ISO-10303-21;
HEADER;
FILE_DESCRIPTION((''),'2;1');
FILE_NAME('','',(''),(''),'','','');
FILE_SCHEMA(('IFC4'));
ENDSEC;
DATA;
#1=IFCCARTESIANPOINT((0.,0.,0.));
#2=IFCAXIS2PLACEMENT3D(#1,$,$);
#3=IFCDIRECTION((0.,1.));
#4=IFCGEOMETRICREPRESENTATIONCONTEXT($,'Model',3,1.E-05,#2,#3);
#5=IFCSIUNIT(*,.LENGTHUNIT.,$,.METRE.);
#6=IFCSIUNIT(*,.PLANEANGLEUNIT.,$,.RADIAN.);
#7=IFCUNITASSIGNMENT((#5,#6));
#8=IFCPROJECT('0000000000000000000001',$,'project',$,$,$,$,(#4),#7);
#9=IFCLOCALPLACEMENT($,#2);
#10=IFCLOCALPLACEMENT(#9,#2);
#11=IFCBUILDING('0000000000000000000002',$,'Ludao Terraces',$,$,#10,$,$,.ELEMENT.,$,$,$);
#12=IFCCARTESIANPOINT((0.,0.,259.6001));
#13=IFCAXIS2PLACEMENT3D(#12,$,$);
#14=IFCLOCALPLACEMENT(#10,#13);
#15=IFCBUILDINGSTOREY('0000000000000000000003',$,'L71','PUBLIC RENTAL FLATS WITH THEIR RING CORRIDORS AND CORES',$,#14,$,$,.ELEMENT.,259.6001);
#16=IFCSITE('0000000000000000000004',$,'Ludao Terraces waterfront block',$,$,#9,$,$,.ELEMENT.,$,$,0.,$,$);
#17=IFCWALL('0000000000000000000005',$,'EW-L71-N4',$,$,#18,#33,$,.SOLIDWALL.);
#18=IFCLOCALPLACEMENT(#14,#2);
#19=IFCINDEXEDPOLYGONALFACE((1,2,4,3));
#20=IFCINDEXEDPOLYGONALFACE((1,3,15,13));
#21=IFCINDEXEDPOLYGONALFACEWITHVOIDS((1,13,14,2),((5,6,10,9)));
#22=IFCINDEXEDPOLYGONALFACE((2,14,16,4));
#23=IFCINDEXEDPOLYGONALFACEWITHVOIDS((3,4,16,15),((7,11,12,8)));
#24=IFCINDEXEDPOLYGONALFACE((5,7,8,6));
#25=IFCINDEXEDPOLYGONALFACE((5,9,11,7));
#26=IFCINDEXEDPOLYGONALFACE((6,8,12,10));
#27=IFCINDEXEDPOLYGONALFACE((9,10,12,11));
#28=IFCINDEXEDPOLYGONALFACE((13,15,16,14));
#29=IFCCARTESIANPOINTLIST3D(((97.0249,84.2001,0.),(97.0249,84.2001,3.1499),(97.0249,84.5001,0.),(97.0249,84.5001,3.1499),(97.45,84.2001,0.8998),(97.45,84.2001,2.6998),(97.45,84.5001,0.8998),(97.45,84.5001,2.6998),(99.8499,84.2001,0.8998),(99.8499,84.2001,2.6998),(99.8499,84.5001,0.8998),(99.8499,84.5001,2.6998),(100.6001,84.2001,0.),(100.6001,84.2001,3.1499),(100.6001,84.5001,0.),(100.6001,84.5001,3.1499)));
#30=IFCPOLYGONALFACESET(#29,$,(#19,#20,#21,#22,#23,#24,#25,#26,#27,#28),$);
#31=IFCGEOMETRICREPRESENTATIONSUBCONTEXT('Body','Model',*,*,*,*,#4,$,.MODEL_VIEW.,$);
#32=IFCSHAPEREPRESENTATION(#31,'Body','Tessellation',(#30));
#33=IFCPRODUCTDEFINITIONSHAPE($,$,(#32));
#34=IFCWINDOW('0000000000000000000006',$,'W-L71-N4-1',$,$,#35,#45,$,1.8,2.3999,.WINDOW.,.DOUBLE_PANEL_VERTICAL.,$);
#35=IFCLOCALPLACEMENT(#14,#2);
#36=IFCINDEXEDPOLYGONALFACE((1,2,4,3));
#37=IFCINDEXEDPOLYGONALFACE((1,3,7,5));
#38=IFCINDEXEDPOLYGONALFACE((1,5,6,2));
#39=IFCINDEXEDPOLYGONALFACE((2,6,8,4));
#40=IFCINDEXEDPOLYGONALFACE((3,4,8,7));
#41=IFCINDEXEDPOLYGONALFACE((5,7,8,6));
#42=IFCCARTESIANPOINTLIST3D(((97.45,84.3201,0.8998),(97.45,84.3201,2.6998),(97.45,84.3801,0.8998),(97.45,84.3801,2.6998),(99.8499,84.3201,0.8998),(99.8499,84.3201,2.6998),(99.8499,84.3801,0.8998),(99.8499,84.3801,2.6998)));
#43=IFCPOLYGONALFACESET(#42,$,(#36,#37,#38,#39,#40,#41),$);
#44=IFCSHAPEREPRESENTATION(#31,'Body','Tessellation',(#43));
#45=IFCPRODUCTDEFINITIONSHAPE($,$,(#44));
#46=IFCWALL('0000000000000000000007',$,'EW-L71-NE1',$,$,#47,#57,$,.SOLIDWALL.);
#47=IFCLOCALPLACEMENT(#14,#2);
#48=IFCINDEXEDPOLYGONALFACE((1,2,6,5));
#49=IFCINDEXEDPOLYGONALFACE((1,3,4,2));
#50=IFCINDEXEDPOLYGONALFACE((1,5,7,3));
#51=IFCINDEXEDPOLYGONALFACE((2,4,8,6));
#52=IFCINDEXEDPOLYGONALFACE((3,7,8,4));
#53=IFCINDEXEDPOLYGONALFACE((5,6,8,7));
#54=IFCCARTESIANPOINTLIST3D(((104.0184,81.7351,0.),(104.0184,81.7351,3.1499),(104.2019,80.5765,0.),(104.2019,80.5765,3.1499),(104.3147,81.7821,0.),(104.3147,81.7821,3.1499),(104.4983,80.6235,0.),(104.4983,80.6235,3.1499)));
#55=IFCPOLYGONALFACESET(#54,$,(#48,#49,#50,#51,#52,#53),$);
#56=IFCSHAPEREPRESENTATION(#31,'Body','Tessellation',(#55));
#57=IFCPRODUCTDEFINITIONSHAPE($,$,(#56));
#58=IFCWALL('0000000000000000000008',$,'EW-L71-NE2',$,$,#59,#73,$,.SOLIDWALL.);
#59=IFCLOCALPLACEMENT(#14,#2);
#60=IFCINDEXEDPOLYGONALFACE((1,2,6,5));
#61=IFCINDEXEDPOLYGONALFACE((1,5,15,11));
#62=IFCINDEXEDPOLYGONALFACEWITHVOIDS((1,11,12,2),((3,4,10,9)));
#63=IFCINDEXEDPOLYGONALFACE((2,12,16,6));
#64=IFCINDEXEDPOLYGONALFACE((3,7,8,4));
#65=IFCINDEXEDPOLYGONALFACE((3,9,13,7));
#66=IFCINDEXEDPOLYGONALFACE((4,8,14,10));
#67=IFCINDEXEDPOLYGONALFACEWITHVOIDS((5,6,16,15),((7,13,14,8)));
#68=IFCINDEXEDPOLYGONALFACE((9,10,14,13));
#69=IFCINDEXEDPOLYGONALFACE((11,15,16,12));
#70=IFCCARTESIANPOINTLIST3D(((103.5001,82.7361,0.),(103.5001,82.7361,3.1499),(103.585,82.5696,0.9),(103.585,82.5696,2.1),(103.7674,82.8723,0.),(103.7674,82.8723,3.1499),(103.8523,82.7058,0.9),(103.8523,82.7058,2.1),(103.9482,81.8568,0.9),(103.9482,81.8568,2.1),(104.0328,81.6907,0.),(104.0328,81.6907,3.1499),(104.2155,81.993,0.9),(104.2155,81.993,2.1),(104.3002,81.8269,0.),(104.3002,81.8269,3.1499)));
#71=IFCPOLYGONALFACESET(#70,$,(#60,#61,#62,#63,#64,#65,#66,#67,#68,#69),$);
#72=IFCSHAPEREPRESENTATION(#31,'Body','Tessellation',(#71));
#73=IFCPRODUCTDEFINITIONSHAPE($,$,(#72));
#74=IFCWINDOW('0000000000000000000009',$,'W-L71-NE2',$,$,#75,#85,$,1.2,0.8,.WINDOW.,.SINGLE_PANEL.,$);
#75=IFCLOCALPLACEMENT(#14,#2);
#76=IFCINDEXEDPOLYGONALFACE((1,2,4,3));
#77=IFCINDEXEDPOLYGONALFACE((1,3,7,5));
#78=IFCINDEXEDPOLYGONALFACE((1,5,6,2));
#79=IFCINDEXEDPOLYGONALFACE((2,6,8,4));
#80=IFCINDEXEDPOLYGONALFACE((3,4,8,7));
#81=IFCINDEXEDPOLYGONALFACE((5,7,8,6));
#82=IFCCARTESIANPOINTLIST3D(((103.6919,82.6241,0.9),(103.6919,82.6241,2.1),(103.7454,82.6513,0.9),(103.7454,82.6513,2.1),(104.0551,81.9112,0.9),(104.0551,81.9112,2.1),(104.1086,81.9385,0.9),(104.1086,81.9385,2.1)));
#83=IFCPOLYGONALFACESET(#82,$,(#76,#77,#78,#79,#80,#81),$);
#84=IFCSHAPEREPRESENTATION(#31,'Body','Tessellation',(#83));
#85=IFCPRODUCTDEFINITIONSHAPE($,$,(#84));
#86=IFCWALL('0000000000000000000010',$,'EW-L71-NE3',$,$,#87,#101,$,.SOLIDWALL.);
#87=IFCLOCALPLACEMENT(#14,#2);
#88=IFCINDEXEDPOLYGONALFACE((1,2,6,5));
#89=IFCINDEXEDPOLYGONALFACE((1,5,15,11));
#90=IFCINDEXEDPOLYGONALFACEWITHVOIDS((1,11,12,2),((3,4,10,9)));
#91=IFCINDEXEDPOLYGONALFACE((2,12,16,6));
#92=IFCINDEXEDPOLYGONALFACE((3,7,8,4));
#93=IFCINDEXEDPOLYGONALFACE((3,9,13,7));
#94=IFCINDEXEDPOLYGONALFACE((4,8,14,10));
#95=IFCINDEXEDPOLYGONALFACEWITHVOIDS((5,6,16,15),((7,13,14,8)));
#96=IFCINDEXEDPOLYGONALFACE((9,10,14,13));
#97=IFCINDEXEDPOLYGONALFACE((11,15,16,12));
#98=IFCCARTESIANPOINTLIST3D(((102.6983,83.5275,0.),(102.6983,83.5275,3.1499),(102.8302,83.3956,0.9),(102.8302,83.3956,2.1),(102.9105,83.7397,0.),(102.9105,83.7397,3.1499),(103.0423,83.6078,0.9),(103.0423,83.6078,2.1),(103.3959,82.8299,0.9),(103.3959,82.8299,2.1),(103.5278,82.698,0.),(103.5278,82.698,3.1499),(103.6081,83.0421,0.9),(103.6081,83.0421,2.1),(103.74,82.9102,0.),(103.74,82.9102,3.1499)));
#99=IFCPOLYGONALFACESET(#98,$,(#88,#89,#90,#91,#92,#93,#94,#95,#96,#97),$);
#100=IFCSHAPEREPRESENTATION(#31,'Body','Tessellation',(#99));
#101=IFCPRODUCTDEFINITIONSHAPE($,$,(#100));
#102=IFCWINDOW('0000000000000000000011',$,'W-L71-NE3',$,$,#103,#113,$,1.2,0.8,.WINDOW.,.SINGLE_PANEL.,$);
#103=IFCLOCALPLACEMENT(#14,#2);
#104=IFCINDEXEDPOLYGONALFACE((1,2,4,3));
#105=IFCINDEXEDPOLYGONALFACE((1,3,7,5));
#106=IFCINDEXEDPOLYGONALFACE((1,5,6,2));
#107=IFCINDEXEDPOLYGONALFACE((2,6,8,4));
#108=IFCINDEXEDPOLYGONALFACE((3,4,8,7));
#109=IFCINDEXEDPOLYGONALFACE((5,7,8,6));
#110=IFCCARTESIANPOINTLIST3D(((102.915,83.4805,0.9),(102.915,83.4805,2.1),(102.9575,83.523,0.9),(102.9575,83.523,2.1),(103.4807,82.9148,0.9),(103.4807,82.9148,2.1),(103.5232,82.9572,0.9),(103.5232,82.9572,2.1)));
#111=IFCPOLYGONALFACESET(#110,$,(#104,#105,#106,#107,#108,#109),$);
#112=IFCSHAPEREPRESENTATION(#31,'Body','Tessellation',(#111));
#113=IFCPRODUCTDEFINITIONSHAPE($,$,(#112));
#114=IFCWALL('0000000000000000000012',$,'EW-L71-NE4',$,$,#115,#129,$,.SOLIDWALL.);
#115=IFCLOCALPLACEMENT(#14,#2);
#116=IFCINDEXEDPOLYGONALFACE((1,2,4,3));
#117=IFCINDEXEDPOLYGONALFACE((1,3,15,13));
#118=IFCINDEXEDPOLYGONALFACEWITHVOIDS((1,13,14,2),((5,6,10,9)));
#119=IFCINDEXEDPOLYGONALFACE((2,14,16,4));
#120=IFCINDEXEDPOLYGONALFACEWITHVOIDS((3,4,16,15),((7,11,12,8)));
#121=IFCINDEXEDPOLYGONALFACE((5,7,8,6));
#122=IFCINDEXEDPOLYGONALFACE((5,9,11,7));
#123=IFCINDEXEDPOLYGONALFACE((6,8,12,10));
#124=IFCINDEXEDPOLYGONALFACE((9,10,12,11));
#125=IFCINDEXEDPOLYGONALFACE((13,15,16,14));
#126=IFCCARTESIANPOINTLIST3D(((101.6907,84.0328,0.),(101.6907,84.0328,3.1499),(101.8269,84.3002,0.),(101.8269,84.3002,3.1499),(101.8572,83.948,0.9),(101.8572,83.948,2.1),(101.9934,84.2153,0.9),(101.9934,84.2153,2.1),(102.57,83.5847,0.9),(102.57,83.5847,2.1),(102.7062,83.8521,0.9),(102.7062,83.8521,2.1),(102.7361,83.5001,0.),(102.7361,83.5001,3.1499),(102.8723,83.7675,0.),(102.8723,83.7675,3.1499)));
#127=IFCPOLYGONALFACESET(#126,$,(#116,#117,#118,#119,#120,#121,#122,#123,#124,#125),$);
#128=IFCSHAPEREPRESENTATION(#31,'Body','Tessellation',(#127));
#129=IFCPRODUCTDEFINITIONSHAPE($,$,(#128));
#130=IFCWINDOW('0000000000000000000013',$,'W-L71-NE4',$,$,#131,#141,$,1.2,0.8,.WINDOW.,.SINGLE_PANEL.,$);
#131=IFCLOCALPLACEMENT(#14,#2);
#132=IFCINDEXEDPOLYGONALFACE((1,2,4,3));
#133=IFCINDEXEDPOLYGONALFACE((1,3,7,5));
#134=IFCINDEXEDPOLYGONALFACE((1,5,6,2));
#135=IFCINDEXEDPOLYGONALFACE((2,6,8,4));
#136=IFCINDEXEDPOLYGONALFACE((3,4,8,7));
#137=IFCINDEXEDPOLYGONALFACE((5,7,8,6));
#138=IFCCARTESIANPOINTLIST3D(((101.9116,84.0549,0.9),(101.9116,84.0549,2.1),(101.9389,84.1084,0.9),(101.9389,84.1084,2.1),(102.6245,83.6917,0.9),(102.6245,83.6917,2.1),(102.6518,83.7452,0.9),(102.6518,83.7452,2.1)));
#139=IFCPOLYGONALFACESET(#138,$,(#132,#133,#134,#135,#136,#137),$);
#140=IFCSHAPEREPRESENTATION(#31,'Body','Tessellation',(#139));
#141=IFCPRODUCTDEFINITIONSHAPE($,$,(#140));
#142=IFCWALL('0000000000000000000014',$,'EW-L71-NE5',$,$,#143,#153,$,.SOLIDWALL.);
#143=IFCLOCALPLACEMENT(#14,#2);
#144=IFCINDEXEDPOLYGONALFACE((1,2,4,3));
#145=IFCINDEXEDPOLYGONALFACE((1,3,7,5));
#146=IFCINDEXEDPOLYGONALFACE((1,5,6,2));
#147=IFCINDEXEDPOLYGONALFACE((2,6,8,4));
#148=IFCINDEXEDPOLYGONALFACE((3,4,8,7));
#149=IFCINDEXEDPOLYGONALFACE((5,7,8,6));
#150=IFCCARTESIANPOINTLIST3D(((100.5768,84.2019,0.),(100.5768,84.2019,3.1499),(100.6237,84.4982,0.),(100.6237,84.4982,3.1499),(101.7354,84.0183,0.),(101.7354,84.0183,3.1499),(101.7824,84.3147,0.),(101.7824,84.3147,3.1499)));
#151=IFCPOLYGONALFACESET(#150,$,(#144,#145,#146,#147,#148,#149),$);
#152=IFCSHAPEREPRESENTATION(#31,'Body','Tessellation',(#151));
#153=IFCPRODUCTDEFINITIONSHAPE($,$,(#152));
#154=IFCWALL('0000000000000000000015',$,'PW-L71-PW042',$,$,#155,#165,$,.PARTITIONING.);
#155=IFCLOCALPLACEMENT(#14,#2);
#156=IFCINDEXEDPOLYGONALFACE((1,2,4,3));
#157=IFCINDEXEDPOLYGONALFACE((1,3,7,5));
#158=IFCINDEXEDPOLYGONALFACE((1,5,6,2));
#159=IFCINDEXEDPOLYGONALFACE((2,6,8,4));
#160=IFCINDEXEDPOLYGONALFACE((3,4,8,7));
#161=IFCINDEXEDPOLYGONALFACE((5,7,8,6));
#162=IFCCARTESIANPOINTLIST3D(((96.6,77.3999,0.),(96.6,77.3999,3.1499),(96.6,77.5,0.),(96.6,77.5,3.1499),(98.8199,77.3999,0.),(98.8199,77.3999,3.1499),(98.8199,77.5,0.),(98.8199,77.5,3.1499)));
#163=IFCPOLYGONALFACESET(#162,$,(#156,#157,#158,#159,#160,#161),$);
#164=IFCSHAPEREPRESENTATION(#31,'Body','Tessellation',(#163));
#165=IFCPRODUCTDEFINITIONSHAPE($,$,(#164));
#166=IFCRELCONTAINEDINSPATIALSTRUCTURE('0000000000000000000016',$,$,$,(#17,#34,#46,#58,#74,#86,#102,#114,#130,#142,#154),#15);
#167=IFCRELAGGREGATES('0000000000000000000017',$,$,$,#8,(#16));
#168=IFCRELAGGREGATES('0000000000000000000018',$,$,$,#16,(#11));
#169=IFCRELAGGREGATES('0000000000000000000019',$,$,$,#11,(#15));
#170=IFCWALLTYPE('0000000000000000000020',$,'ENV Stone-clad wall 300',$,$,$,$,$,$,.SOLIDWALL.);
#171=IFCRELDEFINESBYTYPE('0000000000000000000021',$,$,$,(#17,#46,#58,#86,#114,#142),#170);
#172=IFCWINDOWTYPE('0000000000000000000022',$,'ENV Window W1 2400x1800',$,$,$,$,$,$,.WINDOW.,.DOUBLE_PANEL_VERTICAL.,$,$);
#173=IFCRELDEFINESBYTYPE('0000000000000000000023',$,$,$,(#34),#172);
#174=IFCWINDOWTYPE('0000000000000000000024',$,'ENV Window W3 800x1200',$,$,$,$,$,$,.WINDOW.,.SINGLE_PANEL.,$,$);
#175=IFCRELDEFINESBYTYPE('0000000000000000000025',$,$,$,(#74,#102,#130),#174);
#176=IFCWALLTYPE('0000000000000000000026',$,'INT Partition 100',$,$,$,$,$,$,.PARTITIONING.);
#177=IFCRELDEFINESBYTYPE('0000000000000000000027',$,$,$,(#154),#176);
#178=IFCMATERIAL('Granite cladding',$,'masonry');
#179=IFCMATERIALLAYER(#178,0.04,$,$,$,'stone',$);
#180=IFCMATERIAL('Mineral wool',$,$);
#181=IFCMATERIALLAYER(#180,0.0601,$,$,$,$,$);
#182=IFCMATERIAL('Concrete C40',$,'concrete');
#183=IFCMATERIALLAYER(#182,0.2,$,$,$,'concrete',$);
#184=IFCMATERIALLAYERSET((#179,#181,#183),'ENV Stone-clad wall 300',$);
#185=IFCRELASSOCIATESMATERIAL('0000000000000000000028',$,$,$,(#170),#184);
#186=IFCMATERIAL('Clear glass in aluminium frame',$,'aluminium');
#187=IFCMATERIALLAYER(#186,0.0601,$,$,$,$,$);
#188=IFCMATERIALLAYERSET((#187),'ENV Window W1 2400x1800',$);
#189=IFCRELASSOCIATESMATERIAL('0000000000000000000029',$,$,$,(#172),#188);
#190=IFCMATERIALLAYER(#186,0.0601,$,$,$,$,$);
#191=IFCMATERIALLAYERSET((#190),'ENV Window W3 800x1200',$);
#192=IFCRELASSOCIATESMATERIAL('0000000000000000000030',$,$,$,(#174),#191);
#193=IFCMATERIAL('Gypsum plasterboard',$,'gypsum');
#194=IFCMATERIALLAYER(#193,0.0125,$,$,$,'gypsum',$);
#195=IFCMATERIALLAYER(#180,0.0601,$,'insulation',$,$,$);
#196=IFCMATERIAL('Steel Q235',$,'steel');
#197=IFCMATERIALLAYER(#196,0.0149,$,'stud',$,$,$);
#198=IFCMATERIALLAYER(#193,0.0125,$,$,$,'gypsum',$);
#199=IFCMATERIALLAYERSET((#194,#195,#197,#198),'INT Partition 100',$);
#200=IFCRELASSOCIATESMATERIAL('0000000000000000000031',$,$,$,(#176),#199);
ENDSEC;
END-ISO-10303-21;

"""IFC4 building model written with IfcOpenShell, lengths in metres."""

from ifc_helpers import new_model, si_unit, direction, frame, frame_2d, origin, place, context, subcontext, project, spatial, rectangle, extrude, material, layer, layer_set, type_object, element, fill, save


model = new_model("IFC4")

# Units and contexts
model_context = context("Model", 3, precision=1e-05, world=origin(), true_north=direction((0.0, 1.0)))
body_context = subcontext(model_context, "Body", "Model", "MODEL_VIEW")
ifc_project = project(units=[si_unit("LENGTHUNIT", "METRE"), si_unit("PLANEANGLEUNIT", "RADIAN")], contexts=[model_context])

# Site, building, storey
site_placement = place(None, origin())
site = spatial("IfcSite", under=ifc_project, at=site_placement, Name="Ludao Terraces waterfront block", CompositionType="ELEMENT", RefElevation=0.0)
building_placement = place(site_placement, origin())
building = spatial("IfcBuilding", under=site, at=building_placement, Name="Ludao Terraces", CompositionType="ELEMENT")
storey_placement = place(building_placement, frame((0.0, 0.0, 259.6001)))
storey = spatial("IfcBuildingStorey", under=building, at=storey_placement, Name="L71", Description="PUBLIC RENTAL FLATS WITH THEIR RING CORRIDORS AND CORES", CompositionType="ELEMENT", Elevation=259.6001)

# Shared definitions
ifc_material_1 = material(Name="Concrete C40", Category="concrete")

# Shared definitions
ifc_material_2 = material(Name="Steel Q235", Category="steel")

# Shared definitions
ifc_material_3 = material(Name="Granite cladding", Category="masonry")
ifc_layer_1 = layer(ifc_material_3, 0.04, Category="stone")
ifc_material_4 = material(Name="Mineral wool")
ifc_layer_2 = layer(ifc_material_4, 0.0601)
ifc_layer_3 = layer(ifc_material_1, 0.2, Category="concrete")
ifc_layer_set_1 = layer_set([ifc_layer_1, ifc_layer_2, ifc_layer_3], Name="ENV Stone-clad wall 300")
wall_type_1 = type_object("IfcWallType", Name="ENV Stone-clad wall 300", PredefinedType="SOLIDWALL", material=ifc_layer_set_1)
ifc_material_5 = material(Name="Clear glass in aluminium frame", Category="aluminium")
ifc_layer_4 = layer(ifc_material_5, 0.0601)
ifc_layer_set_2 = layer_set([ifc_layer_4], Name="ENV Window W1 2400x1800")
window_type_1 = type_object("IfcWindowType", Name="ENV Window W1 2400x1800", PartitioningType="DOUBLE_PANEL_VERTICAL", PredefinedType="WINDOW", material=ifc_layer_set_2)

# Wall, opening, window
wall_1_placement = place(storey_placement, frame((97.0249, 84.3501, 0.0), z_axis=(0.0, 0.0, 1.0), x_axis=(1.0, 0.0, 0.0)))
wall_1 = element("IfcWall", 1, at=wall_1_placement, inside=storey, type_object=wall_type_1, Name="EW-L71-N4", PredefinedType="SOLIDWALL", context=body_context, shape_type="SweptSolid", body=[
    extrude(rectangle(XDim=3.5752, YDim=0.3, at=frame_2d((1.7876, 0.0))), origin(), (0.0, 0.0, 1.0), 3.1499),
])
opening_1_placement = place(wall_1_placement, frame((0.425, 0.0, 0.8999)))
opening_1 = element("IfcOpeningElement", 2, at=opening_1_placement, cuts=wall_1, PredefinedType="OPENING", context=body_context, shape_type="SweptSolid", body=[
    extrude(rectangle(XDim=2.3999, YDim=1.8, at=frame_2d((1.2, 0.8999))), frame((0.0, 0.1602, 0.0), z_axis=(0.0, -1.0, 0.0), x_axis=(1.0, 0.0, 0.0)), (0.0, 0.0, 1.0), 0.3201),
])
window_1_placement = place(opening_1_placement, origin())
window_1 = element("IfcWindow", 3, at=window_1_placement, inside=storey, type_object=window_type_1, Name="W-L71-N4-1", OverallHeight=1.8, OverallWidth=2.3999, PartitioningType="DOUBLE_PANEL_VERTICAL", PredefinedType="WINDOW", context=body_context, shape_type="SweptSolid", body=[
    extrude(rectangle(XDim=2.3999, YDim=1.8, at=frame_2d((1.2, 0.8999))), frame((0.0, 0.03, 0.0), z_axis=(0.0, -1.0, 0.0), x_axis=(1.0, 0.0, 0.0)), (0.0, 0.0, 1.0), 0.0601),
])
fill(opening_1, window_1)

# Wall
wall_2_placement = place(storey_placement, frame((104.3501, 80.6001, 0.0), z_axis=(0.0, 0.0, 1.0), x_axis=(-0.156497, 0.987678, 0.0)))
element("IfcWall", 4, at=wall_2_placement, inside=storey, type_object=wall_type_1, Name="EW-L71-NE1", PredefinedType="SOLIDWALL", context=body_context, shape_type="SweptSolid", body=[
    extrude(rectangle(XDim=1.1731, YDim=0.3, at=frame_2d((0.5864, 0.0))), origin(), (0.0, 0.0, 1.0), 3.1499),
])

# Walls, openings, windows
wall_3_placement = place(storey_placement, frame((104.1665, 81.7588, 0.0), z_axis=(0.0, 0.0, 1.0), x_axis=(-0.454026, 0.890989, 0.0)))
wall_3 = element("IfcWall", 5, at=wall_3_placement, inside=storey, type_object=wall_type_1, Name="EW-L71-NE2", PredefinedType="SOLIDWALL", context=body_context, shape_type="SweptSolid", body=[
    extrude(rectangle(XDim=1.1733, YDim=0.3, at=frame_2d((0.5867, 0.0))), origin(), (0.0, 0.0, 1.0), 3.1499),
])
opening_2_placement = place(wall_3_placement, frame((0.1865, 0.0, 0.8999)))
opening_2 = element("IfcOpeningElement", 6, at=opening_2_placement, cuts=wall_3, PredefinedType="OPENING", context=body_context, shape_type="SweptSolid", body=[
    extrude(rectangle(XDim=0.8, YDim=1.2, at=frame_2d((0.3999, 0.6001))), frame((0.0, 0.1602, 0.0), z_axis=(0.0, -1.0, 0.0), x_axis=(1.0, 0.0, 0.0)), (0.0, 0.0, 1.0), 0.3201),
])
ifc_layer_5 = layer(ifc_material_5, 0.0601)
ifc_layer_set_3 = layer_set([ifc_layer_5], Name="ENV Window W3 800x1200")
window_type_2 = type_object("IfcWindowType", Name="ENV Window W3 800x1200", PartitioningType="SINGLE_PANEL", PredefinedType="WINDOW", material=ifc_layer_set_3)
window_2_placement = place(opening_2_placement, origin())
window_2 = element("IfcWindow", 7, at=window_2_placement, inside=storey, type_object=window_type_2, Name="W-L71-NE2", OverallHeight=1.2, OverallWidth=0.8, PartitioningType="SINGLE_PANEL", PredefinedType="WINDOW", context=body_context, shape_type="SweptSolid", body=[
    extrude(rectangle(XDim=0.8, YDim=1.2, at=frame_2d((0.3999, 0.6001))), frame((0.0, 0.03, 0.0), z_axis=(0.0, -1.0, 0.0), x_axis=(1.0, 0.0, 0.0)), (0.0, 0.0, 1.0), 0.0601),
])
fill(opening_2, window_2)
wall_4_placement = place(storey_placement, frame((103.6338, 82.8042, 0.0), z_axis=(0.0, 0.0, 1.0), x_axis=(-0.707107, 0.707107, 0.0)))
wall_4 = element("IfcWall", 8, at=wall_4_placement, inside=storey, type_object=wall_type_1, Name="EW-L71-NE3", PredefinedType="SOLIDWALL", context=body_context, shape_type="SweptSolid", body=[
    extrude(rectangle(XDim=1.1731, YDim=0.3, at=frame_2d((0.5864, 0.0))), origin(), (0.0, 0.0, 1.0), 3.1499),
])
opening_3_placement = place(wall_4_placement, frame((0.1865, 0.0, 0.8999)))
opening_3 = element("IfcOpeningElement", 9, at=opening_3_placement, cuts=wall_4, PredefinedType="OPENING", context=body_context, shape_type="SweptSolid", body=[
    extrude(rectangle(XDim=0.8, YDim=1.2, at=frame_2d((0.3999, 0.6001))), frame((0.0, 0.1602, 0.0), z_axis=(0.0, -1.0, 0.0), x_axis=(1.0, 0.0, 0.0)), (0.0, 0.0, 1.0), 0.3201),
])
window_3_placement = place(opening_3_placement, origin())
window_3 = element("IfcWindow", 10, at=window_3_placement, inside=storey, type_object=window_type_2, Name="W-L71-NE3", OverallHeight=1.2, OverallWidth=0.8, PartitioningType="SINGLE_PANEL", PredefinedType="WINDOW", context=body_context, shape_type="SweptSolid", body=[
    extrude(rectangle(XDim=0.8, YDim=1.2, at=frame_2d((0.3999, 0.6001))), frame((0.0, 0.03, 0.0), z_axis=(0.0, -1.0, 0.0), x_axis=(1.0, 0.0, 0.0)), (0.0, 0.0, 1.0), 0.0601),
])
fill(opening_3, window_3)
wall_5_placement = place(storey_placement, frame((102.8042, 83.6338, 0.0), z_axis=(0.0, 0.0, 1.0), x_axis=(-0.890989, 0.454026, 0.0)))
wall_5 = element("IfcWall", 11, at=wall_5_placement, inside=storey, type_object=wall_type_1, Name="EW-L71-NE4", PredefinedType="SOLIDWALL", context=body_context, shape_type="SweptSolid", body=[
    extrude(rectangle(XDim=1.1733, YDim=0.3, at=frame_2d((0.5867, 0.0))), origin(), (0.0, 0.0, 1.0), 3.1499),
])
opening_4_placement = place(wall_5_placement, frame((0.1865, 0.0, 0.8999)))
opening_4 = element("IfcOpeningElement", 12, at=opening_4_placement, cuts=wall_5, PredefinedType="OPENING", context=body_context, shape_type="SweptSolid", body=[
    extrude(rectangle(XDim=0.8, YDim=1.2, at=frame_2d((0.3999, 0.6001))), frame((0.0, 0.1602, 0.0), z_axis=(0.0, -1.0, 0.0), x_axis=(1.0, 0.0, 0.0)), (0.0, 0.0, 1.0), 0.3201),
])
window_4_placement = place(opening_4_placement, origin())
window_4 = element("IfcWindow", 13, at=window_4_placement, inside=storey, type_object=window_type_2, Name="W-L71-NE4", OverallHeight=1.2, OverallWidth=0.8, PartitioningType="SINGLE_PANEL", PredefinedType="WINDOW", context=body_context, shape_type="SweptSolid", body=[
    extrude(rectangle(XDim=0.8, YDim=1.2, at=frame_2d((0.3999, 0.6001))), frame((0.0, 0.03, 0.0), z_axis=(0.0, -1.0, 0.0), x_axis=(1.0, 0.0, 0.0)), (0.0, 0.0, 1.0), 0.0601),
])
fill(opening_4, window_4)

# Walls
wall_6_placement = place(storey_placement, frame((101.7588, 84.1665, 0.0), z_axis=(0.0, 0.0, 1.0), x_axis=(-0.987678, 0.156497, 0.0)))
element("IfcWall", 14, at=wall_6_placement, inside=storey, type_object=wall_type_1, Name="EW-L71-NE5", PredefinedType="SOLIDWALL", context=body_context, shape_type="SweptSolid", body=[
    extrude(rectangle(XDim=1.1731, YDim=0.3, at=frame_2d((0.5864, 0.0))), origin(), (0.0, 0.0, 1.0), 3.1499),
])
ifc_material_6 = material(Name="Gypsum plasterboard", Category="gypsum")
ifc_layer_6 = layer(ifc_material_6, 0.0125, Category="gypsum")
ifc_layer_7 = layer(ifc_material_4, 0.0601, Name="insulation")
ifc_layer_8 = layer(ifc_material_2, 0.0149, Name="stud")
ifc_layer_9 = layer(ifc_material_6, 0.0125, Category="gypsum")
ifc_layer_set_4 = layer_set([ifc_layer_6, ifc_layer_7, ifc_layer_8, ifc_layer_9], Name="INT Partition 100")
wall_type_2 = type_object("IfcWallType", Name="INT Partition 100", PredefinedType="PARTITIONING", material=ifc_layer_set_4)
for number, where, z_axis, x_axis, name in (
    (15, (96.6001, 77.45, 0.0), (0.0, 0.0, 1.0), (1.0, 0.0, 0.0), "PW-L71-PW042"),
):
    element("IfcWall", number, at=place(storey_placement, frame(where, z_axis=z_axis, x_axis=x_axis)), inside=storey, type_object=wall_type_2, Name=name, PredefinedType="PARTITIONING", context=body_context, shape_type="SweptSolid", body=[
        extrude(rectangle(XDim=2.22, YDim=0.1001, at=frame_2d((1.1099, 0.0))), origin(), (0.0, 0.0, 1.0), 3.1499),
    ])

save(model, "model.ifc")
